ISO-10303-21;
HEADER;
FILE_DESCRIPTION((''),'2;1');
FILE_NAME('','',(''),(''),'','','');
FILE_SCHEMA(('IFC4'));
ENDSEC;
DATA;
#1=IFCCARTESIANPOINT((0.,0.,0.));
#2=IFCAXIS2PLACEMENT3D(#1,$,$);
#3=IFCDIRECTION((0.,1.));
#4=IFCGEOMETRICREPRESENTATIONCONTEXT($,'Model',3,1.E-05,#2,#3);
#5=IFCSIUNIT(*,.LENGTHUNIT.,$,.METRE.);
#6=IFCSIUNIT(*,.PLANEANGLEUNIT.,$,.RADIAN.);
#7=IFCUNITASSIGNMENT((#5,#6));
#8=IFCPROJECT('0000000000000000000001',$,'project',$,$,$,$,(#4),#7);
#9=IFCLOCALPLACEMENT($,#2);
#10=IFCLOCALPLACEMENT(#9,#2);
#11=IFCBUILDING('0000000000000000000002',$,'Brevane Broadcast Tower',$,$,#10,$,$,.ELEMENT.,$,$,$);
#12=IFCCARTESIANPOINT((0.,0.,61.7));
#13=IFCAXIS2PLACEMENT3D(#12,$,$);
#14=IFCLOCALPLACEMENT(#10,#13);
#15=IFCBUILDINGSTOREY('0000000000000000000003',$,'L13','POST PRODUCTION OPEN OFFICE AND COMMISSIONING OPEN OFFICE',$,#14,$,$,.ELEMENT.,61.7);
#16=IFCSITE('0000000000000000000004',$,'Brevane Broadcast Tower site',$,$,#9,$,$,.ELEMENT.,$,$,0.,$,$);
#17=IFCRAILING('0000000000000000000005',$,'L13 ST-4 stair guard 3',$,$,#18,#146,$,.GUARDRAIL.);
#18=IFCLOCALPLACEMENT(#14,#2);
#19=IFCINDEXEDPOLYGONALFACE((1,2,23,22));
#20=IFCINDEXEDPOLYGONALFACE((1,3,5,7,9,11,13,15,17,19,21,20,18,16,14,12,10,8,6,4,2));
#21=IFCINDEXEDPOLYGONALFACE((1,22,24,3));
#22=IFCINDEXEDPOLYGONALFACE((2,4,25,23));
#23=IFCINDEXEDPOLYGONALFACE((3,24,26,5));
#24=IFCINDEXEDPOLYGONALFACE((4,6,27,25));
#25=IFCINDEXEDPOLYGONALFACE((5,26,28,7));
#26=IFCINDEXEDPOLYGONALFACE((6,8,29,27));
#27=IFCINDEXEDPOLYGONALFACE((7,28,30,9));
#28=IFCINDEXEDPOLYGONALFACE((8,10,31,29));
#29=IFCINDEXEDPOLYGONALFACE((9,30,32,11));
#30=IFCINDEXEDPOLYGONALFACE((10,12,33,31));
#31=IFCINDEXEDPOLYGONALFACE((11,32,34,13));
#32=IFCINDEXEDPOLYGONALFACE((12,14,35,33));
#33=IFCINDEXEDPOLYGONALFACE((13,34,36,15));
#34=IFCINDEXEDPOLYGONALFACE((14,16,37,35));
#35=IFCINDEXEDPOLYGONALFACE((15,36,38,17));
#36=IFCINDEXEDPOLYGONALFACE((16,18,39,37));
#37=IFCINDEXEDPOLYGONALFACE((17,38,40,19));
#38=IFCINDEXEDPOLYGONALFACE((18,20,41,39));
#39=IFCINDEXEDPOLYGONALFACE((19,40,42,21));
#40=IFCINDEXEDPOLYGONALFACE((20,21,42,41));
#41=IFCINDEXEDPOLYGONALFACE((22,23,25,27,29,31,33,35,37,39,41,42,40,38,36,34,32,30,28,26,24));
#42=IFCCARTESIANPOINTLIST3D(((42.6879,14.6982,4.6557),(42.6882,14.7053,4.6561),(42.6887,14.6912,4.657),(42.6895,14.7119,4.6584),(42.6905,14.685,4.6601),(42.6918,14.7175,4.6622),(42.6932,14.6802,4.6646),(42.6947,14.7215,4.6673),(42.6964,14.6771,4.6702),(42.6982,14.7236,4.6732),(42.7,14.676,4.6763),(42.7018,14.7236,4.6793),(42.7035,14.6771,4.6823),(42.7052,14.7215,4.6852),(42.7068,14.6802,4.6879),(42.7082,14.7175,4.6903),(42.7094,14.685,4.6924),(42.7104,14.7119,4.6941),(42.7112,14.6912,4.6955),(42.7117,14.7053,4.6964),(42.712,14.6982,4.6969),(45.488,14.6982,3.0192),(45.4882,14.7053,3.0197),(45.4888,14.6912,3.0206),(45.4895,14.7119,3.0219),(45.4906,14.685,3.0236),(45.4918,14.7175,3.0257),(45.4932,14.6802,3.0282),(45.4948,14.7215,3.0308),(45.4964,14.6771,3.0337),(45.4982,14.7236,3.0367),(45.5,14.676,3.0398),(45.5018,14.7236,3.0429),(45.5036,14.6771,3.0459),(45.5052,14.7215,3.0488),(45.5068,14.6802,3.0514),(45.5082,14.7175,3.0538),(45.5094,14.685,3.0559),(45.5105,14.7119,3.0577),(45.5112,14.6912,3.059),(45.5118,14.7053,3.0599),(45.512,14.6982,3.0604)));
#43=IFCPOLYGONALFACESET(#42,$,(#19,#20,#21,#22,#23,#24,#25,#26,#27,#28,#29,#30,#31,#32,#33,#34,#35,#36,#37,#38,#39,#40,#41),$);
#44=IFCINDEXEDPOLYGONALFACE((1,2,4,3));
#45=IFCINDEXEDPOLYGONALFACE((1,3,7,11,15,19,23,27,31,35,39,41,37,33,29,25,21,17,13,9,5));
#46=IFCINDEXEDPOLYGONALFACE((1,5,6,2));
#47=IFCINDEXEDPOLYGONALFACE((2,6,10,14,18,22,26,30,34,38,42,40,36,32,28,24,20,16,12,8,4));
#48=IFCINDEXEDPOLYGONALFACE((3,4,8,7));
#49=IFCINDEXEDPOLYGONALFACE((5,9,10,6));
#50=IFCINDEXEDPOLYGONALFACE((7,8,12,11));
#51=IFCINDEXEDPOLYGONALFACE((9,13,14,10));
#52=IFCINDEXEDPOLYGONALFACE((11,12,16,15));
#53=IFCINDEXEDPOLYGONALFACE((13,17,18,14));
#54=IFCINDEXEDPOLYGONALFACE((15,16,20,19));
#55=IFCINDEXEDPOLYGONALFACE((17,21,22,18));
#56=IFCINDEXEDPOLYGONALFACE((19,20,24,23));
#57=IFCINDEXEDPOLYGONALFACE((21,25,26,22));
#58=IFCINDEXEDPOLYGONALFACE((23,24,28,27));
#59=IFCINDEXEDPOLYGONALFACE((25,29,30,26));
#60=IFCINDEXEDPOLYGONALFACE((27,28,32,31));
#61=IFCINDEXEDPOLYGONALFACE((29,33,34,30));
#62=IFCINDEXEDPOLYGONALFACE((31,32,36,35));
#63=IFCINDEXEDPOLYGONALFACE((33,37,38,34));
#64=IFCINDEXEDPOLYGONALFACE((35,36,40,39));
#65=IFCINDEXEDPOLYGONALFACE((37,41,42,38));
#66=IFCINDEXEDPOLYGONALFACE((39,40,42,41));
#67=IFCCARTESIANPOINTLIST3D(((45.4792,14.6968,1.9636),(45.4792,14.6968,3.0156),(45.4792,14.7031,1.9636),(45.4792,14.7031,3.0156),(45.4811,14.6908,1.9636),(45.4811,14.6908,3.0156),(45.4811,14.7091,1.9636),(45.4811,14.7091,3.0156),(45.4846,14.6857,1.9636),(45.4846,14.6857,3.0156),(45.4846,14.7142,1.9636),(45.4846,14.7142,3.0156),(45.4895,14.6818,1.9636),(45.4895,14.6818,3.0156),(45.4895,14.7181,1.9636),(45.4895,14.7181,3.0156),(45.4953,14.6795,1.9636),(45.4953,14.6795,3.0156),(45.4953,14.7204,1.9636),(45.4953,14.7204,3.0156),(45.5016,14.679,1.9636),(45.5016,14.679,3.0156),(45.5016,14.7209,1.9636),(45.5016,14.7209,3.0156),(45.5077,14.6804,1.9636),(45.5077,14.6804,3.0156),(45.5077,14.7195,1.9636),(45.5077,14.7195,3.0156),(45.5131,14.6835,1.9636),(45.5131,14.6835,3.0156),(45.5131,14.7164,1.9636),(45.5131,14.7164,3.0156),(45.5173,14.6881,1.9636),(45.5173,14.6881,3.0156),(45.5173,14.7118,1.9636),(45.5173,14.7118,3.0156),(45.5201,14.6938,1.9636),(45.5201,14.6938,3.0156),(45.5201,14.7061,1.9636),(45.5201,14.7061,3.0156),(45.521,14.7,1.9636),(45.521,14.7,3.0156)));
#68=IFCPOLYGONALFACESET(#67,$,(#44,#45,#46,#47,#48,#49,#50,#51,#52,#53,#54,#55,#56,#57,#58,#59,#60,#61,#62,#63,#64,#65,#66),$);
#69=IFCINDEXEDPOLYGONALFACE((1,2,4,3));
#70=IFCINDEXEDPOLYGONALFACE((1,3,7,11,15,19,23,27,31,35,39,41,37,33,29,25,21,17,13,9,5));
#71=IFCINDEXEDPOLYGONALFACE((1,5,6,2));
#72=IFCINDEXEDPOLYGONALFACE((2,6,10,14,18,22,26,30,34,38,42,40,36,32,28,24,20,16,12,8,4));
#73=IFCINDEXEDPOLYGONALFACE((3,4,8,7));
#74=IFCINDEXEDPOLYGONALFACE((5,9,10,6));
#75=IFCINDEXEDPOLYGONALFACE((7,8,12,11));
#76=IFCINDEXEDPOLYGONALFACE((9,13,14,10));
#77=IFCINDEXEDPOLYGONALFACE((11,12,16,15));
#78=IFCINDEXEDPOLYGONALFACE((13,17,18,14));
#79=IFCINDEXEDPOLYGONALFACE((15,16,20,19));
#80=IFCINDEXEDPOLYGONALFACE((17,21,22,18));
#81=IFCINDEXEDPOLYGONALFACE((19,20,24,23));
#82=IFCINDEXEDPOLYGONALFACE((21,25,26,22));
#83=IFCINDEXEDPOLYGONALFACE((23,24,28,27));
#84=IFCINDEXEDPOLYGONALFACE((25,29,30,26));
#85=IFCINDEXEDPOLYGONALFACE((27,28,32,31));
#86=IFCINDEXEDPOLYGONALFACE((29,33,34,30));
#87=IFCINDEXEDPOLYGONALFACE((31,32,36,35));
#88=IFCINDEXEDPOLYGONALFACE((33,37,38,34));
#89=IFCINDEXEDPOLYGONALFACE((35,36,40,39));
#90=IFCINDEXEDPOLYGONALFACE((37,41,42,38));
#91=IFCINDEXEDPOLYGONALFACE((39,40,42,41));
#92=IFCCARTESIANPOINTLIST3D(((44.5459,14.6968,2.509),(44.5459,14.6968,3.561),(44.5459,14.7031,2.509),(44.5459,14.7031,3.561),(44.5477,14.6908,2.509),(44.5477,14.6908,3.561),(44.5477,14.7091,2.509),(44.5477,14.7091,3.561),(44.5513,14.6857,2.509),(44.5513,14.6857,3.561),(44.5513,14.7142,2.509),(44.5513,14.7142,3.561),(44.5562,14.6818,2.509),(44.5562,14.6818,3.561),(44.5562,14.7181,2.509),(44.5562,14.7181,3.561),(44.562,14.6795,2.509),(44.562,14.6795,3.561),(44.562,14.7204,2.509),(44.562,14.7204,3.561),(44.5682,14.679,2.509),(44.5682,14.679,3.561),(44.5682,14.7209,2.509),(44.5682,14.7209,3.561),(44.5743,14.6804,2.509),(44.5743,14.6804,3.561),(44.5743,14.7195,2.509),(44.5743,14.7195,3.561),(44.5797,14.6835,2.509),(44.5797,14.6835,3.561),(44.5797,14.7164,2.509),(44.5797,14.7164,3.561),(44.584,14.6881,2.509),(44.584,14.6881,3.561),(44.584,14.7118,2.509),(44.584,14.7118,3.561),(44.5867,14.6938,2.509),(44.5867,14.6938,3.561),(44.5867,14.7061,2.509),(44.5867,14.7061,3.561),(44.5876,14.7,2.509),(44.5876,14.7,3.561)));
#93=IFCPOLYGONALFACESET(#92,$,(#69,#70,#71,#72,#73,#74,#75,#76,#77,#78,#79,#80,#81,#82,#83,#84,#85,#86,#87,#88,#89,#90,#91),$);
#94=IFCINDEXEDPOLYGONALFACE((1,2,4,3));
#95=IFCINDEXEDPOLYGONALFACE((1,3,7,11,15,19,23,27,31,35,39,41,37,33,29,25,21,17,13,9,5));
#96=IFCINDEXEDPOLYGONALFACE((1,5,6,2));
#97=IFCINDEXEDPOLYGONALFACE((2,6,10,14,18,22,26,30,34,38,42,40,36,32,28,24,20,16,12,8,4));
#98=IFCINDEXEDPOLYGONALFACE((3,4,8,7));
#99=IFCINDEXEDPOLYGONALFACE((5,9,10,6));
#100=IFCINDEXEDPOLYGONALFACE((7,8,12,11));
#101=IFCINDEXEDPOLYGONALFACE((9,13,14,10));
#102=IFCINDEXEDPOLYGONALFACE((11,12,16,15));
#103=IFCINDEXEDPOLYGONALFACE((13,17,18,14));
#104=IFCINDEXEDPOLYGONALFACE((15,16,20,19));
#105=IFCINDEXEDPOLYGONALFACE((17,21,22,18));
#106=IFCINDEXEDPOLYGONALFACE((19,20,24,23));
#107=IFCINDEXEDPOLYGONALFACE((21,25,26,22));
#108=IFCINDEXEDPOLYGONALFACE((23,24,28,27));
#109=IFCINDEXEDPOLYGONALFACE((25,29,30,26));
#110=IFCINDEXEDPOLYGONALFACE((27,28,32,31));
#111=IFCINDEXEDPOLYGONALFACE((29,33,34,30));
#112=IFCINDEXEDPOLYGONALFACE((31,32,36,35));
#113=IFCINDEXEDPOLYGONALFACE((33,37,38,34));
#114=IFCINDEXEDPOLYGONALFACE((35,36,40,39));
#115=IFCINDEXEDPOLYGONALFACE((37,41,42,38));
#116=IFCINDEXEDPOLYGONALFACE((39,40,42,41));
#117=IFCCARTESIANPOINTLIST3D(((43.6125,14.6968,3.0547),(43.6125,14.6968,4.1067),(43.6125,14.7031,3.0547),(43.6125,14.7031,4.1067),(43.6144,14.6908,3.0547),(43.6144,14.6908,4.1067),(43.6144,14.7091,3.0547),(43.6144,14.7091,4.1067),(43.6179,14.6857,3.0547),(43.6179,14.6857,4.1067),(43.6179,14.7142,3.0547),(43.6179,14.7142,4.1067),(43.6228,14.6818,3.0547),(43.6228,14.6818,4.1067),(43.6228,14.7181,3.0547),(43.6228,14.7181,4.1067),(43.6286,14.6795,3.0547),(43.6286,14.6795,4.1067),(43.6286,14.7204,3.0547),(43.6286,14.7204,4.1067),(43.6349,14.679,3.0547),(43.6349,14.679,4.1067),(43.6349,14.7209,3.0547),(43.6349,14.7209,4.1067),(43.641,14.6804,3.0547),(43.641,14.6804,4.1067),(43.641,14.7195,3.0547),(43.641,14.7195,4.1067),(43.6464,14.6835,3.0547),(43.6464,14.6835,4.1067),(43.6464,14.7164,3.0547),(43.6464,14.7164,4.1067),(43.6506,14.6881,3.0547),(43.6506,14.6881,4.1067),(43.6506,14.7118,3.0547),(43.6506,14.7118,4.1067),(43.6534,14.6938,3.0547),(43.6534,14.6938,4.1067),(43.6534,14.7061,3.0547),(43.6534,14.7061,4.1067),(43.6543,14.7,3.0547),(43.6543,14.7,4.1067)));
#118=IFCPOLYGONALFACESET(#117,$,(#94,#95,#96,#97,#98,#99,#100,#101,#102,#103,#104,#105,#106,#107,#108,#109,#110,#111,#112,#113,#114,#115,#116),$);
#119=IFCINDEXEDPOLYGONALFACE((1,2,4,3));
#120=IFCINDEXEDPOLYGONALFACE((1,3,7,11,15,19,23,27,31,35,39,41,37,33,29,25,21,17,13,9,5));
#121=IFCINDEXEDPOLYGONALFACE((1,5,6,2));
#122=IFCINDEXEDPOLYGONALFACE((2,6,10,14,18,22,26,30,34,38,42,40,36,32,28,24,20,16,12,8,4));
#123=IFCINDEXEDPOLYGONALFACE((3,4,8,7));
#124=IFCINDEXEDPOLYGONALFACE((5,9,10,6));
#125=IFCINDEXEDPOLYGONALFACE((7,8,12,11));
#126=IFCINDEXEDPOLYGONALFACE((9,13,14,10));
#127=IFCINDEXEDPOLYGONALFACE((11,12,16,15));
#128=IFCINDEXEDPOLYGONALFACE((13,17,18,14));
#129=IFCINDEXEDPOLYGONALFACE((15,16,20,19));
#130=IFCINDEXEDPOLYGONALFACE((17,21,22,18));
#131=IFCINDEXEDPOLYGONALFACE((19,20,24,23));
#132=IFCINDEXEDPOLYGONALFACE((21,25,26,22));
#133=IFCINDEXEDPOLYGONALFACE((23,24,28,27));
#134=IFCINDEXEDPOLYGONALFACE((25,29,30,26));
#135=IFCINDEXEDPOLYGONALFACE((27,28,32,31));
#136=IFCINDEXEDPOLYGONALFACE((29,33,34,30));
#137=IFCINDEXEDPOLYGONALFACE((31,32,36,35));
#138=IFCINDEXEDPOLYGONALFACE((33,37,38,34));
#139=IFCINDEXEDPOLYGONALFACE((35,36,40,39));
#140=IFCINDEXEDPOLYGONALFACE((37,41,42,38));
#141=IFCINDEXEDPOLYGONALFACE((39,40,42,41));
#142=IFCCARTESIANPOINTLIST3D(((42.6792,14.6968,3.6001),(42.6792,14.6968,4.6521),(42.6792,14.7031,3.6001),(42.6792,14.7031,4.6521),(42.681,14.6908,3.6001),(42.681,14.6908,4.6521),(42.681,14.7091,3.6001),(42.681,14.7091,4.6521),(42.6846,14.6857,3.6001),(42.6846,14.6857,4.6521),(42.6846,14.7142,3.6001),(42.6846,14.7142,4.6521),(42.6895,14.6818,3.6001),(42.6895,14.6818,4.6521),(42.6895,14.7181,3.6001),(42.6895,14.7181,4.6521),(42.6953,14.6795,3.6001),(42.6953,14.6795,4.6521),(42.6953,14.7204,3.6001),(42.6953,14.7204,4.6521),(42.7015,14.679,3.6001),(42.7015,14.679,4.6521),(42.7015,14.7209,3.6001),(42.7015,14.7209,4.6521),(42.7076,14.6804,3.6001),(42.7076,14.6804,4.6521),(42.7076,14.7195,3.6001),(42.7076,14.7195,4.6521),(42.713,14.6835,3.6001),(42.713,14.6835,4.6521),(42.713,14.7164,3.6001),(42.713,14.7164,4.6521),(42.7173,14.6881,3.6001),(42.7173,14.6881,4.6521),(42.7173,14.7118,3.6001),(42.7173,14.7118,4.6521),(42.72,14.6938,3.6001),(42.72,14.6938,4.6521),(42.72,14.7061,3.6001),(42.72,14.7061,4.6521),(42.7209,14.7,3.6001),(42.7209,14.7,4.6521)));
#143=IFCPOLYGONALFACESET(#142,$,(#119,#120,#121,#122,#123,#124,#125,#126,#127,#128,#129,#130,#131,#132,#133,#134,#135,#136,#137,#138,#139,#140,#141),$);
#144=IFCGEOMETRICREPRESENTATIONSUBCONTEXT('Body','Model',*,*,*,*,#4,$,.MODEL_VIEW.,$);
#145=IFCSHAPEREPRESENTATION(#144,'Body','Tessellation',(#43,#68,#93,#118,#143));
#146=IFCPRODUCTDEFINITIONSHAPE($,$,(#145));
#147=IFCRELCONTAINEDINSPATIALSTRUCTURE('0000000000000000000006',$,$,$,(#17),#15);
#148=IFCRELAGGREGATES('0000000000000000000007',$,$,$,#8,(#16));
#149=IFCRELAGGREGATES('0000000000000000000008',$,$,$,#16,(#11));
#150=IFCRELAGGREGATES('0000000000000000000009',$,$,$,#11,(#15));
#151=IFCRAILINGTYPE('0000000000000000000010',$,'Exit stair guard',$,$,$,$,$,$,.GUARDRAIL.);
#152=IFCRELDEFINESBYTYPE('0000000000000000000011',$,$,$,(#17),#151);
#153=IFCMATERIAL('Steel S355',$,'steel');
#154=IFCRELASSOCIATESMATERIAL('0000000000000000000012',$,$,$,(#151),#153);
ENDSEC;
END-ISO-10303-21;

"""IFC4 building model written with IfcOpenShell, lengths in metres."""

from ifc_helpers import new_model, si_unit, direction, frame, origin, origin_2d, place, context, subcontext, project, spatial, circle, extrude, material, type_object, element, save


model = new_model("IFC4")

# Units and contexts
model_context = context("Model", 3, precision=1e-05, world=origin(), true_north=direction((0.0, 1.0)))
body_context = subcontext(model_context, "Body", "Model", "MODEL_VIEW")
ifc_project = project(units=[si_unit("LENGTHUNIT", "METRE"), si_unit("PLANEANGLEUNIT", "RADIAN")], contexts=[model_context])

# Site, building, storey
site_placement = place(None, origin())
site = spatial("IfcSite", under=ifc_project, at=site_placement, Name="Brevane Broadcast Tower site", CompositionType="ELEMENT", RefElevation=0.0)
building_placement = place(site_placement, origin())
building = spatial("IfcBuilding", under=site, at=building_placement, Name="Brevane Broadcast Tower", CompositionType="ELEMENT")
storey_placement = place(building_placement, frame((0.0, 0.0, 61.7)))
storey = spatial("IfcBuildingStorey", under=building, at=storey_placement, Name="L13", Description="POST PRODUCTION OPEN OFFICE AND COMMISSIONING OPEN OFFICE", CompositionType="ELEMENT", Elevation=61.7)

# Railing
ifc_material_1 = material(Name="Steel S355", Category="steel")
railing_type_1 = type_object("IfcRailingType", Name="Exit stair guard", PredefinedType="GUARDRAIL", material=ifc_material_1)
railing_1_placement = place(storey_placement, frame((45.5, 14.7, 1.9636)))
element("IfcRailing", 1, at=railing_1_placement, inside=storey, type_object=railing_type_1, Name="L13 ST-4 stair guard 3", PredefinedType="GUARDRAIL", context=body_context, shape_type="SweptSolid", body=[
    extrude(circle(Radius=0.0239, at=origin_2d()), frame((0.0, 0.0, 1.0762), z_axis=(-0.863361, 0.0, 0.504587), x_axis=(0.0, -1.0, 0.0)), (0.0, 0.0, 1.0), 3.2432),
    extrude(circle(Radius=0.021, at=origin_2d()), origin(), (0.0, 0.0, 1.0), 1.052),
    extrude(circle(Radius=0.021, at=origin_2d()), frame((-0.9333, 0.0, 0.5454)), (0.0, 0.0, 1.0), 1.052),
    extrude(circle(Radius=0.021, at=origin_2d()), frame((-1.8667, 0.0, 1.0911)), (0.0, 0.0, 1.0), 1.052),
    extrude(circle(Radius=0.021, at=origin_2d()), frame((-2.8, 0.0, 1.6365)), (0.0, 0.0, 1.0), 1.052),
])

save(model, "model.ifc")
